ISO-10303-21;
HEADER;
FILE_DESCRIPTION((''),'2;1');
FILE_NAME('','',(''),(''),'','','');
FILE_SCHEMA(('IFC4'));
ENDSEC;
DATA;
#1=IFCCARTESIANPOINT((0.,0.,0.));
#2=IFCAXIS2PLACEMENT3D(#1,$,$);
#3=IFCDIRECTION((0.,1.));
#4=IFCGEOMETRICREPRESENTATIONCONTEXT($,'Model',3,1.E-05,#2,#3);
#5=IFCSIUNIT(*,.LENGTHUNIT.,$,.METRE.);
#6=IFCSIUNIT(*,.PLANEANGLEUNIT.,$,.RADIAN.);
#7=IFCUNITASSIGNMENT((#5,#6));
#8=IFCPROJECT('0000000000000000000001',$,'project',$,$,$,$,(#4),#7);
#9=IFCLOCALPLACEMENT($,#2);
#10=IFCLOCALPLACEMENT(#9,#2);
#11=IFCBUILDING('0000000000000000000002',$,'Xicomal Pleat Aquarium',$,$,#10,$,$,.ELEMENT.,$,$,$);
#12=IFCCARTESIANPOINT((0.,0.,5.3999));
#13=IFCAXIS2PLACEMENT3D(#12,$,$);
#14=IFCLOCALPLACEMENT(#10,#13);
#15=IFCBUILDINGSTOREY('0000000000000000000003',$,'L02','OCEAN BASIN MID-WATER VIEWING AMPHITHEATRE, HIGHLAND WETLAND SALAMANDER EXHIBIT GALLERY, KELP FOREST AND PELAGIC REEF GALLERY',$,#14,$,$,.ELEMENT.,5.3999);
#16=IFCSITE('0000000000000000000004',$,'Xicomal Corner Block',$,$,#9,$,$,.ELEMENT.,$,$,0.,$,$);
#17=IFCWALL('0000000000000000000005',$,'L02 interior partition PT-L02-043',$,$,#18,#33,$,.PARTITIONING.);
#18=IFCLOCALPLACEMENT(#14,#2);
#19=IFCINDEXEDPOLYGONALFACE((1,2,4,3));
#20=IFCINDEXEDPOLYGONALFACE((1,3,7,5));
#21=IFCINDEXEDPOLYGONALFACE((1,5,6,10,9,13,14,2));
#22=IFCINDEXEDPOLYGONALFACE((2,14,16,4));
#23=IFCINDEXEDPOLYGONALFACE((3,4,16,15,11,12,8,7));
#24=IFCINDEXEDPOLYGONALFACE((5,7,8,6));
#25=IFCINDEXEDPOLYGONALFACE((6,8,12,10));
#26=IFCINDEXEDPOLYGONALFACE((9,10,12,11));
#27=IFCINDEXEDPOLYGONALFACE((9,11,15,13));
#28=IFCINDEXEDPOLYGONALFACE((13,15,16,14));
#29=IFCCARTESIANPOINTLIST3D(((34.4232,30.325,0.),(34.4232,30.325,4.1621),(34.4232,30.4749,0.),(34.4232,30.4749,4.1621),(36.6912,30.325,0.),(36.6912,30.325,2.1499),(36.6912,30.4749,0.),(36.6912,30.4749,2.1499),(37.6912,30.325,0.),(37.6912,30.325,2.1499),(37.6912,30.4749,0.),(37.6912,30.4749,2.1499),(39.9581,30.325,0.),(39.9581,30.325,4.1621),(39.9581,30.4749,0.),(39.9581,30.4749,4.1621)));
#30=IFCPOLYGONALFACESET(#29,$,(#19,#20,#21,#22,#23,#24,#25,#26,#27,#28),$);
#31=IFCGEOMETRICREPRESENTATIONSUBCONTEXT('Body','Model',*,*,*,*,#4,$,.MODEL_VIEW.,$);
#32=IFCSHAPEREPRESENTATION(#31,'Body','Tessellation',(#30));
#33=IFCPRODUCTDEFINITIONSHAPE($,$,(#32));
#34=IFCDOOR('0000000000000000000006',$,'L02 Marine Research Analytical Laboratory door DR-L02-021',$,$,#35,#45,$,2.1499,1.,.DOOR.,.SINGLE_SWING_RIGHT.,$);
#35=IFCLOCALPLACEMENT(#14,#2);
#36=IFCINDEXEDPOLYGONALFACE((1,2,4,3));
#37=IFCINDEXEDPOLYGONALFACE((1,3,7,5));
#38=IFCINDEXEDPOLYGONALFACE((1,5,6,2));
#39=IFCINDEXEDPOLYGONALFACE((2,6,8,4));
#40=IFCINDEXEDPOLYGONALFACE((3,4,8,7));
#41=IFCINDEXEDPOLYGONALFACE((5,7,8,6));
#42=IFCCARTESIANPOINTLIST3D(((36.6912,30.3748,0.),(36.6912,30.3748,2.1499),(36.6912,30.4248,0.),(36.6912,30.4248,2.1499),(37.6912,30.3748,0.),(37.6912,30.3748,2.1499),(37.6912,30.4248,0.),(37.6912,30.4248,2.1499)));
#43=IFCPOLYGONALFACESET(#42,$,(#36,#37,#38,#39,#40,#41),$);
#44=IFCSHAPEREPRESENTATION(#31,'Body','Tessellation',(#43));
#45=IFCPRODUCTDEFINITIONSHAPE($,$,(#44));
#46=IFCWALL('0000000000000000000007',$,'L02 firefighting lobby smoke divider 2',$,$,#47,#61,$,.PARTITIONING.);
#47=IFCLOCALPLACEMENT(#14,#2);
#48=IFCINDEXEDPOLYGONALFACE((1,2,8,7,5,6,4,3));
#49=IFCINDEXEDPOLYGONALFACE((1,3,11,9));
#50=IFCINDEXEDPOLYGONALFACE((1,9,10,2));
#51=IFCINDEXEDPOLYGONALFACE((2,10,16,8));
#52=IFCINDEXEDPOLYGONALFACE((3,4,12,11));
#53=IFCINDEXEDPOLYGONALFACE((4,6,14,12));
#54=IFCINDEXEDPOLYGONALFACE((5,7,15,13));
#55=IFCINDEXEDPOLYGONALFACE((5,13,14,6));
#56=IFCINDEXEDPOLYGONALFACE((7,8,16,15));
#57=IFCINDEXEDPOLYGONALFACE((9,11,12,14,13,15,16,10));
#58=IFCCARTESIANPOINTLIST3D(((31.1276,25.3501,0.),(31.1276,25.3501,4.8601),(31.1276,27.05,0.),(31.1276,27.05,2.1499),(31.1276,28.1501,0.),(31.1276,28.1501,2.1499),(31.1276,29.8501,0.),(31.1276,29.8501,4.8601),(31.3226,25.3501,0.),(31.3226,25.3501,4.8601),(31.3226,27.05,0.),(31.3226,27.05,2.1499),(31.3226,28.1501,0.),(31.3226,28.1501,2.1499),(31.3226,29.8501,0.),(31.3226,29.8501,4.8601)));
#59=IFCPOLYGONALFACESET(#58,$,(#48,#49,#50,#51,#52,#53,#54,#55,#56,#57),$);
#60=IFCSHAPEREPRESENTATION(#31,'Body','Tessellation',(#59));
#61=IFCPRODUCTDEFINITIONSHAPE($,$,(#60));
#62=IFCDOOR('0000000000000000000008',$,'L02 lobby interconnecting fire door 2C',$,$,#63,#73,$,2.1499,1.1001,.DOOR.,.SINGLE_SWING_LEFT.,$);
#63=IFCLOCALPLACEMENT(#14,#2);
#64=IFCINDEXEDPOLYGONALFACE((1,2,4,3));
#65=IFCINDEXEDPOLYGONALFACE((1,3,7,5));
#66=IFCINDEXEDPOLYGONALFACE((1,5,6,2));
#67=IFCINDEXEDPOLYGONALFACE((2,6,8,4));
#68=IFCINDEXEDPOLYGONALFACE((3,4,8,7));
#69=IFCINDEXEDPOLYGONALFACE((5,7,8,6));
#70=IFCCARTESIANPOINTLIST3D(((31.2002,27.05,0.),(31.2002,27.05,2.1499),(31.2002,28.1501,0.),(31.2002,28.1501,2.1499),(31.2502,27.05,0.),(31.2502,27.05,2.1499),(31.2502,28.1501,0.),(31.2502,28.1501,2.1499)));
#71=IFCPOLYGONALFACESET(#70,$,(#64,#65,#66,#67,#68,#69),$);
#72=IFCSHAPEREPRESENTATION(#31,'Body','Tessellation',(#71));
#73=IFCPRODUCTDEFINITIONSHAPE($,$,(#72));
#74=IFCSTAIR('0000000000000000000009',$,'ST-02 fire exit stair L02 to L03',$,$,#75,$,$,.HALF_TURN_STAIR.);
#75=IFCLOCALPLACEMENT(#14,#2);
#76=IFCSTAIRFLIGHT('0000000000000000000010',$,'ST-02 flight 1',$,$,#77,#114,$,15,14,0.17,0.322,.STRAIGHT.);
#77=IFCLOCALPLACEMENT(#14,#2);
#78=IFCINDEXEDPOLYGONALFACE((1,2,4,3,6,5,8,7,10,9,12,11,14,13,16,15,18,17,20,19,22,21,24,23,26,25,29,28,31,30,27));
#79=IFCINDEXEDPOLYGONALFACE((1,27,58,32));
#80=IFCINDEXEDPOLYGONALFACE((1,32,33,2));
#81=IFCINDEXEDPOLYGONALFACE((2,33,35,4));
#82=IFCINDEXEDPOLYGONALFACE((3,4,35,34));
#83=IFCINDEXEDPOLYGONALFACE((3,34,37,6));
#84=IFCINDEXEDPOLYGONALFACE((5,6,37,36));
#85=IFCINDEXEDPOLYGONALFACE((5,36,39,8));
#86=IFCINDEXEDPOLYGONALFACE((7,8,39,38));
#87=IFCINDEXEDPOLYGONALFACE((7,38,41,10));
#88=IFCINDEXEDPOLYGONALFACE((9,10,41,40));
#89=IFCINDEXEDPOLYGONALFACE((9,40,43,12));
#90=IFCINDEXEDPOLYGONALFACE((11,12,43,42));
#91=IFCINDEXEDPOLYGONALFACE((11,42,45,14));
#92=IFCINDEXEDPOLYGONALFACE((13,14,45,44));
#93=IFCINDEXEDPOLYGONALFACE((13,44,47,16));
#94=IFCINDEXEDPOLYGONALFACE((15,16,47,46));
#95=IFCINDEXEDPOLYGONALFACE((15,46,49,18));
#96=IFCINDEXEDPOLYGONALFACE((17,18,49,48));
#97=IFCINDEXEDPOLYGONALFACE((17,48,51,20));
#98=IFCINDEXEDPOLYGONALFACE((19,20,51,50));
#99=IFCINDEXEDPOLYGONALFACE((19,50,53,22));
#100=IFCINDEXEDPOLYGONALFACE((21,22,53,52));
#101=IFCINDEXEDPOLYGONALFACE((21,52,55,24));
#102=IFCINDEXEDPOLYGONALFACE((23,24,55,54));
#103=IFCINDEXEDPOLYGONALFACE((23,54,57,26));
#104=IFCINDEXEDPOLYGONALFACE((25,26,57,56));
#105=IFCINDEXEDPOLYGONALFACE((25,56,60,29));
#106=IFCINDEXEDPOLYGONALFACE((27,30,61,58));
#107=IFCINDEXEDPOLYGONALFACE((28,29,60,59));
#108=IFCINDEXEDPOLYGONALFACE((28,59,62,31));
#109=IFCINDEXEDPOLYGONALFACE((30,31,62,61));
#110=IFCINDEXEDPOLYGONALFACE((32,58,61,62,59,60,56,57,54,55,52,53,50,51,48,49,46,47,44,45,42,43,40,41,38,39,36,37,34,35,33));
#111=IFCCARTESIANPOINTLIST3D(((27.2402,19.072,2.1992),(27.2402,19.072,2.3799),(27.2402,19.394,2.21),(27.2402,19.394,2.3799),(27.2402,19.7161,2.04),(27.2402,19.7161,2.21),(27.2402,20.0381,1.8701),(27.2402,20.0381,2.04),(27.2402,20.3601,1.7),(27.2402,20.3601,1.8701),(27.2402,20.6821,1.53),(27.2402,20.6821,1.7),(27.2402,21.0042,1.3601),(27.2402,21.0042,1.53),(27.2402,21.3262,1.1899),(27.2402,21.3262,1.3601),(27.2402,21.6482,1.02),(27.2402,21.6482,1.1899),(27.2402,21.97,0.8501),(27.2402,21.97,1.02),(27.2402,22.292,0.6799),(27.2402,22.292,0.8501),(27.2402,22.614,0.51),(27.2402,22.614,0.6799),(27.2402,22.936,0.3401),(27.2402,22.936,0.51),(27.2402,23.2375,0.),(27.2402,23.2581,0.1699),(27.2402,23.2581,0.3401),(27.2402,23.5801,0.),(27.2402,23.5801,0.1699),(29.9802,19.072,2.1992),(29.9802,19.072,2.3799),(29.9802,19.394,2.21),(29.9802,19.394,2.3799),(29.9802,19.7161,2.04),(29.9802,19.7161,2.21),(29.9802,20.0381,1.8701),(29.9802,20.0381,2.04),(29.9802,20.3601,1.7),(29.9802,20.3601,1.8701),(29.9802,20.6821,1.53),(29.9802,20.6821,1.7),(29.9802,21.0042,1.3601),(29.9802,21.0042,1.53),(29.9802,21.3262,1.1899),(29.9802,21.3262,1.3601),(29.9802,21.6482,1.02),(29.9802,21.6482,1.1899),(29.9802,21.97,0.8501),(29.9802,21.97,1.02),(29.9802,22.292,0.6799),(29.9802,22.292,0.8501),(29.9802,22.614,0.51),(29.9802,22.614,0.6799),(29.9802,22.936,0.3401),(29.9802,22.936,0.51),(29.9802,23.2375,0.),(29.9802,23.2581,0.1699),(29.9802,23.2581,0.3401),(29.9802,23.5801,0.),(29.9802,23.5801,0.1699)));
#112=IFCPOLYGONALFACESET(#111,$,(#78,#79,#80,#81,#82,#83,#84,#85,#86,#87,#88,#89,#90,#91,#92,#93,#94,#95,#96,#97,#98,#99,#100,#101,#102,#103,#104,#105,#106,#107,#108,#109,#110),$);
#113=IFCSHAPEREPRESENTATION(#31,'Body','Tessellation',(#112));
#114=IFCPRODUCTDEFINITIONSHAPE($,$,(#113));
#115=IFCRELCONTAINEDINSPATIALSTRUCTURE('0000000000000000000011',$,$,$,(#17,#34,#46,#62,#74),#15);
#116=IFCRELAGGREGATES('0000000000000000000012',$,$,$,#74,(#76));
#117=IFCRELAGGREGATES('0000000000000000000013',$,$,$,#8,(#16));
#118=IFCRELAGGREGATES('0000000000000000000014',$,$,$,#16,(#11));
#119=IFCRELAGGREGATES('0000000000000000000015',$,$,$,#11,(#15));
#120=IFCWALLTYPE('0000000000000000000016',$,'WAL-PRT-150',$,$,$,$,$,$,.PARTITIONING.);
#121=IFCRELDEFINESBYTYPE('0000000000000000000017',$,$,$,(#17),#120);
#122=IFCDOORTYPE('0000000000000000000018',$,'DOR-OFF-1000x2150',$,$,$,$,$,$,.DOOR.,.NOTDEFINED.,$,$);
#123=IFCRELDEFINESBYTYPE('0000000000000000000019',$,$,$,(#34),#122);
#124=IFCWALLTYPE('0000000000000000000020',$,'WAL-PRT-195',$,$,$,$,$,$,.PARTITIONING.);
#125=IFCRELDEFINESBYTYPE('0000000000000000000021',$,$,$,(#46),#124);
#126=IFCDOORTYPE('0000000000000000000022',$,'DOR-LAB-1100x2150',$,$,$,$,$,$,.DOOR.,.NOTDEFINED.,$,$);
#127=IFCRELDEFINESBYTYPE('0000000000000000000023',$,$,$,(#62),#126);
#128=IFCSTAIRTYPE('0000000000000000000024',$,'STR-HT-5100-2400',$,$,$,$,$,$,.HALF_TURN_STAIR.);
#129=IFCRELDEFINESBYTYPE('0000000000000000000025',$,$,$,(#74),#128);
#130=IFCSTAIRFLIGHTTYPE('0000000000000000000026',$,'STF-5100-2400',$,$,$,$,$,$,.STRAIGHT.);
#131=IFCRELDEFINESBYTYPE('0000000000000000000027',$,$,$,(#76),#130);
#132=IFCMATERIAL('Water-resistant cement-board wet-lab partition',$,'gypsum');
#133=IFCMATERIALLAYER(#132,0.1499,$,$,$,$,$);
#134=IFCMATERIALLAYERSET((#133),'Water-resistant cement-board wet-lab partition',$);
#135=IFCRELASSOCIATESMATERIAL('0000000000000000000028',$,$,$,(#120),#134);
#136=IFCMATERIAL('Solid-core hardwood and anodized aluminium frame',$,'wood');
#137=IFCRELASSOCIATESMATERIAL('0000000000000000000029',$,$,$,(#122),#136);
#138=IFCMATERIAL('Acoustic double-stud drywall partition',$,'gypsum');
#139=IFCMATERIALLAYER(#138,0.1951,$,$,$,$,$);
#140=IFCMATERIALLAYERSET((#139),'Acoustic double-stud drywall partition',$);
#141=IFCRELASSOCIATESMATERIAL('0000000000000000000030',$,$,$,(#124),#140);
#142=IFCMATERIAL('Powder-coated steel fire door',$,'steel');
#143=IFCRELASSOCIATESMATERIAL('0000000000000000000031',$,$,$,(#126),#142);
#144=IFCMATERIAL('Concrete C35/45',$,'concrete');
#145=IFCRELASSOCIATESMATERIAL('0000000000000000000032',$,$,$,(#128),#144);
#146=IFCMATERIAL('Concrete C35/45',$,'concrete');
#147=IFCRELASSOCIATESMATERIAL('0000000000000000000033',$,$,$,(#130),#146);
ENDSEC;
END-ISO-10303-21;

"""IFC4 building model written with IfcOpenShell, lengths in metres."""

from ifc_helpers import new_model, si_unit, direction, frame, frame_2d, origin, place, context, subcontext, project, spatial, polyline, rectangle, outline, extrude, material, layer, layer_set, type_object, element, fill, aggregate, save


model = new_model("IFC4")

# Units and contexts
model_context = context("Model", 3, precision=1e-05, world=origin(), true_north=direction((0.0, 1.0)))
body_context = subcontext(model_context, "Body", "Model", "MODEL_VIEW")
ifc_project = project(units=[si_unit("LENGTHUNIT", "METRE"), si_unit("PLANEANGLEUNIT", "RADIAN")], contexts=[model_context])

# Site, building, storey
site_placement = place(None, origin())
site = spatial("IfcSite", under=ifc_project, at=site_placement, Name="Xicomal Corner Block", CompositionType="ELEMENT", RefElevation=0.0)
building_placement = place(site_placement, origin())
building = spatial("IfcBuilding", under=site, at=building_placement, Name="Xicomal Pleat Aquarium", CompositionType="ELEMENT")
storey_placement = place(building_placement, frame((0.0, 0.0, 5.3999)))
storey = spatial("IfcBuildingStorey", under=building, at=storey_placement, Name="L02", Description="OCEAN BASIN MID-WATER VIEWING AMPHITHEATRE, HIGHLAND WETLAND SALAMANDER EXHIBIT GALLERY, KELP FOREST AND PELAGIC REEF GALLERY", CompositionType="ELEMENT", Elevation=5.3999)

# Walls, openings, doors
ifc_material_1 = material(Name="Water-resistant cement-board wet-lab partition", Category="gypsum")
ifc_layer_1 = layer(ifc_material_1, 0.1499)
ifc_layer_set_1 = layer_set([ifc_layer_1], Name="Water-resistant cement-board wet-lab partition")
wall_type_1 = type_object("IfcWallType", Name="WAL-PRT-150", PredefinedType="PARTITIONING", material=ifc_layer_set_1)
wall_1_placement = place(storey_placement, frame((34.4231, 30.3999, 0.0), z_axis=(0.0, 0.0, 1.0), x_axis=(1.0, 0.0, 0.0)))
wall_1 = element("IfcWall", 1, at=wall_1_placement, inside=storey, type_object=wall_type_1, Name="L02 interior partition PT-L02-043", PredefinedType="PARTITIONING", context=body_context, shape_type="SweptSolid", body=[
    extrude(rectangle(XDim=5.5349, YDim=0.1499, at=frame_2d((2.7676, 0.0))), origin(), (0.0, 0.0, 1.0), 4.1621),
])
opening_1_placement = place(wall_1_placement, frame((2.2681, 0.0, 0.0)))
opening_1 = element("IfcOpeningElement", 2, at=opening_1_placement, cuts=wall_1, PredefinedType="OPENING", context=body_context, shape_type="SweptSolid", body=[
    extrude(rectangle(XDim=1.0, YDim=2.1499, at=frame_2d((0.5, 1.075))), frame((0.0, 0.085, 0.0), z_axis=(0.0, -1.0, 0.0), x_axis=(1.0, 0.0, 0.0)), (0.0, 0.0, 1.0), 0.1699),
])
ifc_material_2 = material(Name="Solid-core hardwood and anodized aluminium frame", Category="wood")
door_type_1 = type_object("IfcDoorType", Name="DOR-OFF-1000x2150", OperationType="NOTDEFINED", PredefinedType="DOOR", material=ifc_material_2)
door_1_placement = place(opening_1_placement, origin())
door_1 = element("IfcDoor", 3, at=door_1_placement, inside=storey, type_object=door_type_1, Name="L02 Marine Research Analytical Laboratory door DR-L02-021", OperationType="SINGLE_SWING_RIGHT", OverallHeight=2.1499, OverallWidth=1.0, PredefinedType="DOOR", context=body_context, shape_type="SweptSolid", body=[
    extrude(rectangle(XDim=1.0, YDim=2.1499, at=frame_2d((0.5, 1.075))), frame((0.0, 0.0249, 0.0), z_axis=(0.0, -1.0, 0.0), x_axis=(1.0, 0.0, 0.0)), (0.0, 0.0, 1.0), 0.05),
])
fill(opening_1, door_1)
ifc_material_3 = material(Name="Acoustic double-stud drywall partition", Category="gypsum")
ifc_layer_2 = layer(ifc_material_3, 0.1951)
ifc_layer_set_2 = layer_set([ifc_layer_2], Name="Acoustic double-stud drywall partition")
wall_type_2 = type_object("IfcWallType", Name="WAL-PRT-195", PredefinedType="PARTITIONING", material=ifc_layer_set_2)
wall_2_placement = place(storey_placement, frame((31.2251, 25.3501, 0.0), z_axis=(0.0, 0.0, 1.0), x_axis=(0.0, 1.0, 0.0)))
wall_2 = element("IfcWall", 4, at=wall_2_placement, inside=storey, type_object=wall_type_2, Name="L02 firefighting lobby smoke divider 2", PredefinedType="PARTITIONING", context=body_context, shape_type="SweptSolid", body=[
    extrude(rectangle(XDim=4.5, YDim=0.1951, at=frame_2d((2.25, 0.0))), origin(), (0.0, 0.0, 1.0), 4.8601),
])
opening_2_placement = place(wall_2_placement, frame((1.7, 0.0, 0.0)))
opening_2 = element("IfcOpeningElement", 5, at=opening_2_placement, cuts=wall_2, PredefinedType="OPENING", context=body_context, shape_type="SweptSolid", body=[
    extrude(rectangle(XDim=1.1001, YDim=2.1499, at=frame_2d((0.55, 1.075))), frame((0.0, 0.1074, 0.0), z_axis=(0.0, -1.0, 0.0), x_axis=(1.0, 0.0, 0.0)), (0.0, 0.0, 1.0), 0.2151),
])
ifc_material_4 = material(Name="Powder-coated steel fire door", Category="steel")
door_type_2 = type_object("IfcDoorType", Name="DOR-LAB-1100x2150", OperationType="NOTDEFINED", PredefinedType="DOOR", material=ifc_material_4)
door_2_placement = place(opening_2_placement, origin())
door_2 = element("IfcDoor", 6, at=door_2_placement, inside=storey, type_object=door_type_2, Name="L02 lobby interconnecting fire door 2C", OperationType="SINGLE_SWING_LEFT", OverallHeight=2.1499, OverallWidth=1.1001, PredefinedType="DOOR", context=body_context, shape_type="SweptSolid", body=[
    extrude(rectangle(XDim=1.1001, YDim=2.1499, at=frame_2d((0.55, 1.075))), frame((0.0, 0.0249, 0.0), z_axis=(0.0, -1.0, 0.0), x_axis=(1.0, 0.0, 0.0)), (0.0, 0.0, 1.0), 0.05),
])
fill(opening_2, door_2)

# Stair, stair flight
ifc_material_5 = material(Name="Concrete C35/45", Category="concrete")
stair_type = type_object("IfcStairType", Name="STR-HT-5100-2400", PredefinedType="HALF_TURN_STAIR", material=ifc_material_5)
stair_placement = place(storey_placement, origin())
stair = element("IfcStair", 7, at=stair_placement, inside=storey, type_object=stair_type, Name="ST-02 fire exit stair L02 to L03", PredefinedType="HALF_TURN_STAIR")
ifc_material_6 = material(Name="Concrete C35/45", Category="concrete")
stair_flight_type = type_object("IfcStairFlightType", Name="STF-5100-2400", PredefinedType="STRAIGHT", material=ifc_material_6)
stair_flight_placement = place(storey_placement, frame((28.6101, 23.5801, 0.0), z_axis=(0.0, 0.0, 1.0), x_axis=(0.0, -1.0, 0.0)))
stair_flight = element("IfcStairFlight", 8, at=stair_flight_placement, type_object=stair_flight_type, Name="ST-02 flight 1", NumberOfRisers=15, NumberOfTreads=14, PredefinedType="STRAIGHT", RiserHeight=0.17, TreadLength=0.322, context=body_context, shape_type="SweptSolid", body=[
    extrude(outline(polyline([(0.0, 0.0), (0.0, 0.1699), (0.322, 0.1699), (0.322, 0.3401), (0.644, 0.3401), (0.644, 0.51), (0.9661, 0.51), (0.9661, 0.6799), (1.2881, 0.6799), (1.2881, 0.8501), (1.6101, 0.8501), (1.6101, 1.02), (1.9319, 1.02), (1.9319, 1.1899), (2.2539, 1.1899), (2.2539, 1.3601), (2.5759, 1.3601), (2.5759, 1.53), (2.8979, 1.53), (2.8979, 1.7), (3.22, 1.7), (3.22, 1.8701), (3.542, 1.8701), (3.542, 2.04), (3.864, 2.04), (3.864, 2.21), (4.186, 2.21), (4.186, 2.3799), (4.5081, 2.3799), (4.5081, 2.55), (4.5081, 2.1992), (0.3425, 0.0), (0.0, 0.0)])), frame((0.0, 1.3701, 0.0), z_axis=(0.0, -1.0, 0.0), x_axis=(1.0, 0.0, 0.0)), (0.0, 0.0, 1.0), 2.74),
])
aggregate(stair, [stair_flight])

save(model, "model.ifc")
